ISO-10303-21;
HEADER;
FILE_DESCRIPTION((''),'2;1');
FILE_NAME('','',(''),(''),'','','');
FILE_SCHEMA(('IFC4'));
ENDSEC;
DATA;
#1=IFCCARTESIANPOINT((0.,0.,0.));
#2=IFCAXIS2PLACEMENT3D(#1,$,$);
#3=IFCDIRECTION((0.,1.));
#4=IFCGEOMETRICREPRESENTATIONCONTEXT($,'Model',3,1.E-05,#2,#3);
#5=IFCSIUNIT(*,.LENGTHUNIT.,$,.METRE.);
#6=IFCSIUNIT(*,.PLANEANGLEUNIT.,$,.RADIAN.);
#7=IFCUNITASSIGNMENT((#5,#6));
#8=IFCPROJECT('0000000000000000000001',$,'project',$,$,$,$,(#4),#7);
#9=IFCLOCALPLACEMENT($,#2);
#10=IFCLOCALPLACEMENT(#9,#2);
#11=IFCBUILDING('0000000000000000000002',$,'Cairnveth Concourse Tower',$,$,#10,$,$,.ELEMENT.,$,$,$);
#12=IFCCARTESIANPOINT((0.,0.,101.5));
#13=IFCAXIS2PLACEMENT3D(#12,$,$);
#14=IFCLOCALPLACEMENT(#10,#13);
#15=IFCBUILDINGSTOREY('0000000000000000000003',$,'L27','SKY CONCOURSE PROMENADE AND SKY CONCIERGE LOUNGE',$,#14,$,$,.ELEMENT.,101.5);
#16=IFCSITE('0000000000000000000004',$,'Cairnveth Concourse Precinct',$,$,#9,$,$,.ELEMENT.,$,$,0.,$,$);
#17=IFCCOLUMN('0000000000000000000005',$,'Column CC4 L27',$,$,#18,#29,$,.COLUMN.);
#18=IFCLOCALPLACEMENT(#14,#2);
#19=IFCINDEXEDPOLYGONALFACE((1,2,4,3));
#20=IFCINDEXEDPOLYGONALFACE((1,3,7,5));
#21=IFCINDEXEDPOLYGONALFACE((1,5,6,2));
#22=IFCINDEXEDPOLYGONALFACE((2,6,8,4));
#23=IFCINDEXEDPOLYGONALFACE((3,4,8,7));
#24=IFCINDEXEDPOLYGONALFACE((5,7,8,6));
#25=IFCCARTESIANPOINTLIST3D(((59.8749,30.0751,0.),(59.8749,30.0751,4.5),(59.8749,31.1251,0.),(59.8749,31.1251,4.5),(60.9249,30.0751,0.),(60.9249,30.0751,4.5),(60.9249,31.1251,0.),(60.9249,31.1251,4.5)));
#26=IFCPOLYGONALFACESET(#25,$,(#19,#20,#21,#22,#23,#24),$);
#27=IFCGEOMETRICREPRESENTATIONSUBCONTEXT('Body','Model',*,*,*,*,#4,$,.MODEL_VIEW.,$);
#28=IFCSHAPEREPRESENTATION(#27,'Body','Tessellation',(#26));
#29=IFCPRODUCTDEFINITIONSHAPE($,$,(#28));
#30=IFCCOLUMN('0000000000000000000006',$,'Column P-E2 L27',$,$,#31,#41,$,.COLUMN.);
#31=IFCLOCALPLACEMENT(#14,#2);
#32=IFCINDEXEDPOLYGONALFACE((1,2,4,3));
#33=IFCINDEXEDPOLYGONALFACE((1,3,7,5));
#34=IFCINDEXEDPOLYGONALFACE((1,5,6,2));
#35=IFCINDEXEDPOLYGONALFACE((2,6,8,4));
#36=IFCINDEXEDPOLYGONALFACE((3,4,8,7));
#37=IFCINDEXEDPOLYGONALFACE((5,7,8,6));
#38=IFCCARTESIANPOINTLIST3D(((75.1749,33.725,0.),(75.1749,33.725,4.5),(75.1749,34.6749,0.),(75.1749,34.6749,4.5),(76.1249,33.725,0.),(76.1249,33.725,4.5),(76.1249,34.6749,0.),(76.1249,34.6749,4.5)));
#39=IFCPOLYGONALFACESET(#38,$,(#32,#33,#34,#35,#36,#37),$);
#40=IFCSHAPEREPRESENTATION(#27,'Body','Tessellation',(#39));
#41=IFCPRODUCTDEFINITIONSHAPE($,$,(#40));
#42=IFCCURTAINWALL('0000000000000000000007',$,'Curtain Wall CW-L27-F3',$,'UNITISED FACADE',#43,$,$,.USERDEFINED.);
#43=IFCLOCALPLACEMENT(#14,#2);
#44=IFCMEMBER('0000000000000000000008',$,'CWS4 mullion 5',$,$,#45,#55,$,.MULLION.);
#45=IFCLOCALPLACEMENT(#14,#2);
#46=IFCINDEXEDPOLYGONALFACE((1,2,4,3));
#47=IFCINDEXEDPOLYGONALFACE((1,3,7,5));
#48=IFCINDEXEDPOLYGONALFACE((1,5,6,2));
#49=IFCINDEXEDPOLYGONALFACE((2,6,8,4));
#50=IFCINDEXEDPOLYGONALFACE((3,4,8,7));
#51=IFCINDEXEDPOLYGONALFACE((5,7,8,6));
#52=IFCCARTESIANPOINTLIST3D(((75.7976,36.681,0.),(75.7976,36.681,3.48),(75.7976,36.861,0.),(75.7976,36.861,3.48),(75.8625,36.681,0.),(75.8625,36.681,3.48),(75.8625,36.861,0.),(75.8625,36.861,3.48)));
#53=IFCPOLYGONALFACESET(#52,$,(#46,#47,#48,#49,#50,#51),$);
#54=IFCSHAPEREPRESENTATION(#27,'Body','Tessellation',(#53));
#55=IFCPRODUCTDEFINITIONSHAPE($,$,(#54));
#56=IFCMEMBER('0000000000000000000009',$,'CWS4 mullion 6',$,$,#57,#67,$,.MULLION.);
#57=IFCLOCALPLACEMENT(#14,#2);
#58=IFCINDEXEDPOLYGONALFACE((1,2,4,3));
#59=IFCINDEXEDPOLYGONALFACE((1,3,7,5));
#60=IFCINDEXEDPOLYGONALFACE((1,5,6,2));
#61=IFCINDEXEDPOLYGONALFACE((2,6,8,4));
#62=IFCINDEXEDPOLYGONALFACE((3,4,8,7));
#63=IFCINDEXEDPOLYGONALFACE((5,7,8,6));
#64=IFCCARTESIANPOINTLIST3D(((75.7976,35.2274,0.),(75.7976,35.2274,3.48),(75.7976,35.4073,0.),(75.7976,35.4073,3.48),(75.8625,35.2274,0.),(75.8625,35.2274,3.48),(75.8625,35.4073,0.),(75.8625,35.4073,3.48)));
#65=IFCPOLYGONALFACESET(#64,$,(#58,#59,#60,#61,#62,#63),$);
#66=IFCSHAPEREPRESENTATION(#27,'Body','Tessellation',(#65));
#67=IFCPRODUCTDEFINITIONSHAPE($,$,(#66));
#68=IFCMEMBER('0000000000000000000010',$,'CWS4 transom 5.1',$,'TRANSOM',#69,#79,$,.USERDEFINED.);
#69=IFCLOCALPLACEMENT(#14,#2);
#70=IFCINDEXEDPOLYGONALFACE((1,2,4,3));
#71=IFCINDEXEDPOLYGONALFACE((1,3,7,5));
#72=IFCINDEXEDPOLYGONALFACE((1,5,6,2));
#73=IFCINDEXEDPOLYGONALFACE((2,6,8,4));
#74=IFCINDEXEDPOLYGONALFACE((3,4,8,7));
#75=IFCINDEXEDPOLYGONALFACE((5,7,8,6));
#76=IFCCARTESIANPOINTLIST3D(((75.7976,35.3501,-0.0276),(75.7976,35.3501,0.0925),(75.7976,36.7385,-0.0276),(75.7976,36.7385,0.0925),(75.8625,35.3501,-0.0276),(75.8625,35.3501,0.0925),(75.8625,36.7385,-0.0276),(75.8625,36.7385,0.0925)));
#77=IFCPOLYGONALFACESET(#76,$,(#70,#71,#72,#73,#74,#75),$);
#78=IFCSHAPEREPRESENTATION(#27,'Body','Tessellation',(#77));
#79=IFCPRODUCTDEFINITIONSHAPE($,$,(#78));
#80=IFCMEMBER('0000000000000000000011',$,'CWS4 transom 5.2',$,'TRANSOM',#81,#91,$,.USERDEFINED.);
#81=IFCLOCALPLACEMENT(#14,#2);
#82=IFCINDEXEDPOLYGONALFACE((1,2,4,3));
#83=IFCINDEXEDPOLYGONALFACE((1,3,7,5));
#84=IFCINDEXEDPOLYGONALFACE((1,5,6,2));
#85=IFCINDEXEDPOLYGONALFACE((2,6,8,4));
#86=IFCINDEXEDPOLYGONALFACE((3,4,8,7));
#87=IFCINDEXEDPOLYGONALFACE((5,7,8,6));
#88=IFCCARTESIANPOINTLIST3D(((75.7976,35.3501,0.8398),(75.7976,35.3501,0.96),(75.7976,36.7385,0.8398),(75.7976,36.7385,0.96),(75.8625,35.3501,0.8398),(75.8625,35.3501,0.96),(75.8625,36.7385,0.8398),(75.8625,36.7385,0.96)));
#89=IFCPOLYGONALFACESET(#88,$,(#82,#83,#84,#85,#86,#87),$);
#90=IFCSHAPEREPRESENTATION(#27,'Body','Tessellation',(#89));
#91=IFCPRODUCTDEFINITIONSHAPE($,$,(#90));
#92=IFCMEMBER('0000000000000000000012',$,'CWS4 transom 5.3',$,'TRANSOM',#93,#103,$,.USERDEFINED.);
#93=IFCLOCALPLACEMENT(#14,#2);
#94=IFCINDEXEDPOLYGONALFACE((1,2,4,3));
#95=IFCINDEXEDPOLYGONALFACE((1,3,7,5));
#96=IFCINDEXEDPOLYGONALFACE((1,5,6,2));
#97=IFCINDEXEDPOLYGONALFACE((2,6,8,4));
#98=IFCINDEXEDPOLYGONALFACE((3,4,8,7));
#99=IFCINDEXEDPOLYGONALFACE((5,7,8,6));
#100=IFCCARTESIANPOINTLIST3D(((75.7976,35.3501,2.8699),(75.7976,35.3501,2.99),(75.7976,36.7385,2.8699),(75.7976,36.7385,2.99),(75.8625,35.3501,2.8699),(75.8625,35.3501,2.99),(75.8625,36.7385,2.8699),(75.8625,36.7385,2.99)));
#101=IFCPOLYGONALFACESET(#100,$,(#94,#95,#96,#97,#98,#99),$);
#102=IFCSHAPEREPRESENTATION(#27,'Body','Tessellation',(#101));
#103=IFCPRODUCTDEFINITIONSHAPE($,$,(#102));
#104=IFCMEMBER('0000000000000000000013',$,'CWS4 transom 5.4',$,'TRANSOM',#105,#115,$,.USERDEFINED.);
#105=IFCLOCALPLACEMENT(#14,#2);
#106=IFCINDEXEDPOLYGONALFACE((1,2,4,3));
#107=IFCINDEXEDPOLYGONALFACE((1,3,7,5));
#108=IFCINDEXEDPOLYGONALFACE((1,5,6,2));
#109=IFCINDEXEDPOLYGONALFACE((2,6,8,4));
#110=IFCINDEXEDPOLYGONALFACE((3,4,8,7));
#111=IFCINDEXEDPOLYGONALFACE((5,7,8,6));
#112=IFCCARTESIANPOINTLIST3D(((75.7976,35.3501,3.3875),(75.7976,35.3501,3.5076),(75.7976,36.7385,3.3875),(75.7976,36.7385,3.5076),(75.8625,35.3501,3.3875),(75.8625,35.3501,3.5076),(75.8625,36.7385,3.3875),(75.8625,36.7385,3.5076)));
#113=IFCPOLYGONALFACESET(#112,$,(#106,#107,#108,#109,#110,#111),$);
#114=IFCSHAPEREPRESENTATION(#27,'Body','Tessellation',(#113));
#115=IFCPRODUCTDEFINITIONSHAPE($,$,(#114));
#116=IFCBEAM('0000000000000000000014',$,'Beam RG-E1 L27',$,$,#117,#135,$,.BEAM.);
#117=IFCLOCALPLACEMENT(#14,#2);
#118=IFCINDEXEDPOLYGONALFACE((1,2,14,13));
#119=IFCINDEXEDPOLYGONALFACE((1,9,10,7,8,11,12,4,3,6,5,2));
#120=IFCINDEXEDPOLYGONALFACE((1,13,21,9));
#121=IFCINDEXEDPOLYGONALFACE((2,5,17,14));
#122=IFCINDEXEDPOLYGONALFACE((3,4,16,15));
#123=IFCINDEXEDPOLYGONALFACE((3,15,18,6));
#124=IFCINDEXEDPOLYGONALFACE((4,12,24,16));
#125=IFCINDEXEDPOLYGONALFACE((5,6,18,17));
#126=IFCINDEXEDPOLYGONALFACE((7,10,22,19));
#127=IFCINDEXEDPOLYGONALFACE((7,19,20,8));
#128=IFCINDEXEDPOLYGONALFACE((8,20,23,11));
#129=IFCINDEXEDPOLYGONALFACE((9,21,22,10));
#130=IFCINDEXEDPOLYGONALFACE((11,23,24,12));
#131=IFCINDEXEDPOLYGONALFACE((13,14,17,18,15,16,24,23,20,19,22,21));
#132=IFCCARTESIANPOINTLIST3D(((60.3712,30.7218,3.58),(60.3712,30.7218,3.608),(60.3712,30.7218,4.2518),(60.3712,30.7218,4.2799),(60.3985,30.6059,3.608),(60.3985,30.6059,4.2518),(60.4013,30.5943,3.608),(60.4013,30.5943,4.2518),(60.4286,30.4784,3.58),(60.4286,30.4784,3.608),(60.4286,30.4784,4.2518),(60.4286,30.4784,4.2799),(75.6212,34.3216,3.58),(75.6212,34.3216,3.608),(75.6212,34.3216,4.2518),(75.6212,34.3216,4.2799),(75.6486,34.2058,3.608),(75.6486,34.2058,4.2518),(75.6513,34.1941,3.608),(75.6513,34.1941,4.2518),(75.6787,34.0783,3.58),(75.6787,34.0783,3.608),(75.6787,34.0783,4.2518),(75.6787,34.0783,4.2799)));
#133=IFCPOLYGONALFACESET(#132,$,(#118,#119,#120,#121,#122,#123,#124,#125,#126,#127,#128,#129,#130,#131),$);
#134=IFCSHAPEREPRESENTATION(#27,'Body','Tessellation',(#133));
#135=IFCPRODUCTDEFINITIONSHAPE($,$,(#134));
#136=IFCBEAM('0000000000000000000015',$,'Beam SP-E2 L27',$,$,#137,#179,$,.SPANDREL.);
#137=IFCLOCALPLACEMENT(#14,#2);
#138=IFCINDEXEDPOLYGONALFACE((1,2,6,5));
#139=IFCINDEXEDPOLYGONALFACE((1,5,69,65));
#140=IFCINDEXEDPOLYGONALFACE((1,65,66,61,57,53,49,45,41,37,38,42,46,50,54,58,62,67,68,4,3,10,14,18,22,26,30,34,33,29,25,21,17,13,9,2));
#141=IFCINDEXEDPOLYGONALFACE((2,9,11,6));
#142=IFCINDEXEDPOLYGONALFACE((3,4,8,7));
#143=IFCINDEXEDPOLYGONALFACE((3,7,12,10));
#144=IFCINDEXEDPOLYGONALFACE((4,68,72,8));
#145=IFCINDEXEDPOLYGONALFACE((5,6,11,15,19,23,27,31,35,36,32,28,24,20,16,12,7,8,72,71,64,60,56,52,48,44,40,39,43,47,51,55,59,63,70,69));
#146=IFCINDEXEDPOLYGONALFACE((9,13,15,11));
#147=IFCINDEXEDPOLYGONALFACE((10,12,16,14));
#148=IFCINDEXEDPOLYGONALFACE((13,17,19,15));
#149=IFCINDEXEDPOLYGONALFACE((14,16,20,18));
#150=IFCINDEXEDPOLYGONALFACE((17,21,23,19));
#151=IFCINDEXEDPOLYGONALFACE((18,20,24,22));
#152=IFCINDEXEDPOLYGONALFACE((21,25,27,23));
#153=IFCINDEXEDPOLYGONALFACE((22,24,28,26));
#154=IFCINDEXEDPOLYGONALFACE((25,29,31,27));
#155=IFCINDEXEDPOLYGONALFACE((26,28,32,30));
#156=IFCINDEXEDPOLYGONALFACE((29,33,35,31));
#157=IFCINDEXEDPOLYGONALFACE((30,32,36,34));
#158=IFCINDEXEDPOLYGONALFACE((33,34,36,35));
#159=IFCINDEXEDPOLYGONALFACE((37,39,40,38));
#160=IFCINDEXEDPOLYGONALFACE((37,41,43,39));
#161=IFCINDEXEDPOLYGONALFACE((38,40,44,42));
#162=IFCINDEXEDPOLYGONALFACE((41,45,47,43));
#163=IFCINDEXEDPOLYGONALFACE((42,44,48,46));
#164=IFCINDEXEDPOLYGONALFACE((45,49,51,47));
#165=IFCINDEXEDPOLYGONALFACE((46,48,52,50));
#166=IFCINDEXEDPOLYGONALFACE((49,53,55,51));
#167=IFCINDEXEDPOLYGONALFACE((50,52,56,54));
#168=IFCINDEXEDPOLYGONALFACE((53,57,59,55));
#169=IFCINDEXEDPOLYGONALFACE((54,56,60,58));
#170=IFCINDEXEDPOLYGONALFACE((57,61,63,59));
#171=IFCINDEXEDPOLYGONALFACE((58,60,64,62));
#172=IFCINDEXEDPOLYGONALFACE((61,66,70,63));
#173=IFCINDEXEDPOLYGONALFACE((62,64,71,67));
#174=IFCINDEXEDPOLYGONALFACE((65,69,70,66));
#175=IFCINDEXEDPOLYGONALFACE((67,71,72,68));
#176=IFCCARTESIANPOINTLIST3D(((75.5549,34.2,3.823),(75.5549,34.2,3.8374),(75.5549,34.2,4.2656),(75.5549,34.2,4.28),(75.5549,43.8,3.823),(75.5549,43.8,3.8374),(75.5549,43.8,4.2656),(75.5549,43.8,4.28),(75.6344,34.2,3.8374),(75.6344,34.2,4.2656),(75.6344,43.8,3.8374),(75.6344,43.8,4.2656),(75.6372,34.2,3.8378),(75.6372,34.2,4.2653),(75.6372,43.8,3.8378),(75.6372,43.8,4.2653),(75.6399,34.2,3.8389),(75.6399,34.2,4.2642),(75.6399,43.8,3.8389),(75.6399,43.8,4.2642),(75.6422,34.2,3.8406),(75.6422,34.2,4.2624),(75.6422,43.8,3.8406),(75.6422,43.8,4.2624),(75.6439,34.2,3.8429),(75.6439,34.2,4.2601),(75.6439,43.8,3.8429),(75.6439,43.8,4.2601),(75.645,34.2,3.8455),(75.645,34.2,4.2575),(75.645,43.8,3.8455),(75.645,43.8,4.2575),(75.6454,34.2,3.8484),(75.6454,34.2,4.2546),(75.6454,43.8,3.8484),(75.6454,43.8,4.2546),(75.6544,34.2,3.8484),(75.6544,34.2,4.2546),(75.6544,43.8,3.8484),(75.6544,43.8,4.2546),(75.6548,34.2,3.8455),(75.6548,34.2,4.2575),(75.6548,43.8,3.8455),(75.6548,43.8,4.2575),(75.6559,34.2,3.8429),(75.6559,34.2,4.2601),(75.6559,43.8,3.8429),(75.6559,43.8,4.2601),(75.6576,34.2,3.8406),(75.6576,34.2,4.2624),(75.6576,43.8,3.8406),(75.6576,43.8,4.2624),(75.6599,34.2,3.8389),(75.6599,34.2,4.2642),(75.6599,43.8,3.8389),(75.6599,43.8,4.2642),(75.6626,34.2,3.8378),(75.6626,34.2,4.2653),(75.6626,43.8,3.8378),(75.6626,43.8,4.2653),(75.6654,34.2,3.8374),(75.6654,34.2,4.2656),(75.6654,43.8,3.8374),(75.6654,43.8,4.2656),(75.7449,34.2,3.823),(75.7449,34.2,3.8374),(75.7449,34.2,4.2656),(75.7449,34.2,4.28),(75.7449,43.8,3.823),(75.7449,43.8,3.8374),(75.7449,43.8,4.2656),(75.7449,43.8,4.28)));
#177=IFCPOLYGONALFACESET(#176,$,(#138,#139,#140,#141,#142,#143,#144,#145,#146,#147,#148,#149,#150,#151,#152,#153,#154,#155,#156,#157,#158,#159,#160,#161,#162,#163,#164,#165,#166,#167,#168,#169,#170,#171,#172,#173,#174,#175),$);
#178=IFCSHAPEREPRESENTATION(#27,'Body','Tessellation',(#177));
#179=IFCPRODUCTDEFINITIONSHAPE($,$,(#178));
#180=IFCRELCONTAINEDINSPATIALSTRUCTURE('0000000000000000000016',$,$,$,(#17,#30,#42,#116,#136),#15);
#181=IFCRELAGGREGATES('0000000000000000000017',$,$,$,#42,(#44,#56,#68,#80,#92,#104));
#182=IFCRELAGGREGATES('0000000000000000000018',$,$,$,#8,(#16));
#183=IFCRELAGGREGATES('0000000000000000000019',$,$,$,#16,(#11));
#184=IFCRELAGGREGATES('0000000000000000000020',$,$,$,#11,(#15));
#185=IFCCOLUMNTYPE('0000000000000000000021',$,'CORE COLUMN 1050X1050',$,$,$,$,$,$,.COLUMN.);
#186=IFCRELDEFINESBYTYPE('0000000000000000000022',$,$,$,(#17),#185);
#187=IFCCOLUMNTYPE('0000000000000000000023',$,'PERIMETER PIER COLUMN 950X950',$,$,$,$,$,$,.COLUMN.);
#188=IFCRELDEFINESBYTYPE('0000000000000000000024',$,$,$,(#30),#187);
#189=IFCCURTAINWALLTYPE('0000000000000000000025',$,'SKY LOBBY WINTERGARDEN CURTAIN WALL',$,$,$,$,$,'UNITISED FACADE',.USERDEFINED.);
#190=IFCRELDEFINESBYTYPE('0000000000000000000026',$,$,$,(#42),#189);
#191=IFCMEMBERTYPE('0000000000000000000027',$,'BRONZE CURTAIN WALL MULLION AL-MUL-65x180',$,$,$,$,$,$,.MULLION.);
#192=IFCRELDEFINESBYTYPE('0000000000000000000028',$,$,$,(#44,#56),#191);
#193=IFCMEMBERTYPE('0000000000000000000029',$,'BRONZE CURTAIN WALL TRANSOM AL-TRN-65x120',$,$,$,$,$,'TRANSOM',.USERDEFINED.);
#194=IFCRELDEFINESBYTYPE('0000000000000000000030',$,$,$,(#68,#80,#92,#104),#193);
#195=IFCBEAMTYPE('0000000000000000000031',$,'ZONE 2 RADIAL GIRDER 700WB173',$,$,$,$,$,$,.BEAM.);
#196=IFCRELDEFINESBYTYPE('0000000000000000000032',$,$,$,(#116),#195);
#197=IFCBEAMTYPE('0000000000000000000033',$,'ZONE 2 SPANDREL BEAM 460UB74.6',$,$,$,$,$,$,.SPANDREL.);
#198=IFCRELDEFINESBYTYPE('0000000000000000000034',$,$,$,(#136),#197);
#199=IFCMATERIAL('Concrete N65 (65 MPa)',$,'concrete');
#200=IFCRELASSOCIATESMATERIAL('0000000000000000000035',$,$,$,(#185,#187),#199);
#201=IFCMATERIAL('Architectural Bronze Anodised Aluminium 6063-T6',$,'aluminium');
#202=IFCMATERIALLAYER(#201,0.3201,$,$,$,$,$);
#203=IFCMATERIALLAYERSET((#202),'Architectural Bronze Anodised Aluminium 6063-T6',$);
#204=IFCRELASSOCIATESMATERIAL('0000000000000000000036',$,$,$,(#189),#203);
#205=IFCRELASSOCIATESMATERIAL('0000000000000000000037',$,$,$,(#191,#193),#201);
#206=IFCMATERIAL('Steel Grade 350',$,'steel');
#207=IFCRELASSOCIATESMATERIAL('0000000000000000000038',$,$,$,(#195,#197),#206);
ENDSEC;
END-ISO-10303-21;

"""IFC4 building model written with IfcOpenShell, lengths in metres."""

from ifc_helpers import new_model, si_unit, direction, frame, origin, origin_2d, place, context, subcontext, project, spatial, rectangle, i_section, extrude, material, layer, layer_set, material_profile, profile_set, type_object, element, aggregate, save


model = new_model("IFC4")

# Units and contexts
model_context = context("Model", 3, precision=1e-05, world=origin(), true_north=direction((0.0, 1.0)))
body_context = subcontext(model_context, "Body", "Model", "MODEL_VIEW")
ifc_project = project(units=[si_unit("LENGTHUNIT", "METRE"), si_unit("PLANEANGLEUNIT", "RADIAN")], contexts=[model_context])

# Site, building, storey
site_placement = place(None, origin())
site = spatial("IfcSite", under=ifc_project, at=site_placement, Name="Cairnveth Concourse Precinct", CompositionType="ELEMENT", RefElevation=0.0)
building_placement = place(site_placement, origin())
building = spatial("IfcBuilding", under=site, at=building_placement, Name="Cairnveth Concourse Tower", CompositionType="ELEMENT")
storey_placement = place(building_placement, frame((0.0, 0.0, 101.5)))
storey = spatial("IfcBuildingStorey", under=building, at=storey_placement, Name="L27", Description="SKY CONCOURSE PROMENADE AND SKY CONCIERGE LOUNGE", CompositionType="ELEMENT", Elevation=101.5)

# Columns
ifc_material_1 = material(Name="Concrete N65 (65 MPa)", Category="concrete")
ifc_material_profile_1 = material_profile(ifc_material_1, rectangle(XDim=1.05, YDim=1.05, at=origin_2d()), Name="RC-COL-1050x1050")
ifc_profile_set_1 = profile_set([ifc_material_profile_1], Name="Concrete N65 (65 MPa)")
column_type_1 = type_object("IfcColumnType", Name="CORE COLUMN 1050X1050", PredefinedType="COLUMN", material=ifc_profile_set_1)
column_1_placement = place(storey_placement, frame((60.3999, 30.6001, 0.0), z_axis=(0.0, 0.0, 1.0), x_axis=(1.0, 0.0, 0.0)))
element("IfcColumn", 1, at=column_1_placement, inside=storey, type_object=column_type_1, Name="Column CC4 L27", PredefinedType="COLUMN", context=body_context, shape_type="SweptSolid", body=[
    extrude(rectangle(XDim=1.05, YDim=1.05, at=origin_2d()), origin(), (0.0, 0.0, 1.0), 4.5),
])
ifc_material_profile_2 = material_profile(ifc_material_1, rectangle(XDim=0.95, YDim=0.95, at=origin_2d()), Name="RC-COL-950x950")
ifc_profile_set_2 = profile_set([ifc_material_profile_2], Name="Concrete N65 (65 MPa)")
column_type_2 = type_object("IfcColumnType", Name="PERIMETER PIER COLUMN 950X950", PredefinedType="COLUMN", material=ifc_profile_set_2)
column_2_placement = place(storey_placement, frame((75.6499, 34.2, 0.0), z_axis=(0.0, 0.0, 1.0), x_axis=(0.0, 1.0, 0.0)))
element("IfcColumn", 2, at=column_2_placement, inside=storey, type_object=column_type_2, Name="Column P-E2 L27", PredefinedType="COLUMN", context=body_context, shape_type="SweptSolid", body=[
    extrude(rectangle(XDim=0.95, YDim=0.95, at=origin_2d()), origin(), (0.0, 0.0, 1.0), 4.5),
])

# Curtain wall, members
ifc_material_2 = material(Name="Architectural Bronze Anodised Aluminium 6063-T6", Category="aluminium")
ifc_layer_1 = layer(ifc_material_2, 0.3201)
ifc_layer_set_1 = layer_set([ifc_layer_1], Name="Architectural Bronze Anodised Aluminium 6063-T6")
curtain_wall_type = type_object("IfcCurtainWallType", Name="SKY LOBBY WINTERGARDEN CURTAIN WALL", ElementType="UNITISED FACADE", PredefinedType="USERDEFINED", material=ifc_layer_set_1)
curtain_wall_placement = place(storey_placement, origin())
curtain_wall = element("IfcCurtainWall", 3, at=curtain_wall_placement, inside=storey, type_object=curtain_wall_type, Name="Curtain Wall CW-L27-F3", ObjectType="UNITISED FACADE", PredefinedType="USERDEFINED")
ifc_material_profile_3 = material_profile(ifc_material_2, rectangle(XDim=0.0649, YDim=0.1799, at=origin_2d()), Name="AL-MUL-65x180")
ifc_profile_set_3 = profile_set([ifc_material_profile_3], Name="Architectural Bronze Anodised Aluminium 6063-T6")
member_type_1 = type_object("IfcMemberType", Name="BRONZE CURTAIN WALL MULLION AL-MUL-65x180", PredefinedType="MULLION", material=ifc_profile_set_3)
member_1_placement = place(storey_placement, frame((75.8301, 36.771, 0.0), z_axis=(0.0, 0.0, 1.0), x_axis=(1.0, 0.0, 0.0)))
member_1 = element("IfcMember", 4, at=member_1_placement, type_object=member_type_1, Name="CWS4 mullion 5", PredefinedType="MULLION", context=body_context, shape_type="SweptSolid", body=[
    extrude(rectangle(XDim=0.0649, YDim=0.1799, at=origin_2d()), origin(), (0.0, 0.0, 1.0), 3.48),
])
member_2_placement = place(storey_placement, frame((75.8301, 35.3174, 0.0), z_axis=(0.0, 0.0, 1.0), x_axis=(1.0, 0.0, 0.0)))
member_2 = element("IfcMember", 5, at=member_2_placement, type_object=member_type_1, Name="CWS4 mullion 6", PredefinedType="MULLION", context=body_context, shape_type="SweptSolid", body=[
    extrude(rectangle(XDim=0.0649, YDim=0.1799, at=origin_2d()), origin(), (0.0, 0.0, 1.0), 3.48),
])
ifc_material_profile_4 = material_profile(ifc_material_2, rectangle(XDim=0.0649, YDim=0.1201, at=origin_2d()), Name="AL-TRN-65x120")
ifc_profile_set_4 = profile_set([ifc_material_profile_4], Name="Architectural Bronze Anodised Aluminium 6063-T6")
member_type_2 = type_object("IfcMemberType", Name="BRONZE CURTAIN WALL TRANSOM AL-TRN-65x120", ElementType="TRANSOM", PredefinedType="USERDEFINED", material=ifc_profile_set_4)
member_3_placement = place(storey_placement, frame((75.8301, 36.7385, 0.0325), z_axis=(0.0, -1.0, 0.0), x_axis=(1.0, 0.0, 0.0)))
member_3 = element("IfcMember", 6, at=member_3_placement, type_object=member_type_2, Name="CWS4 transom 5.1", ObjectType="TRANSOM", PredefinedType="USERDEFINED", context=body_context, shape_type="SweptSolid", body=[
    extrude(rectangle(XDim=0.0649, YDim=0.1201, at=origin_2d()), origin(), (0.0, 0.0, 1.0), 1.3884),
])
member_4_placement = place(storey_placement, frame((75.8301, 36.7385, 0.8999), z_axis=(0.0, -1.0, 0.0), x_axis=(1.0, 0.0, 0.0)))
member_4 = element("IfcMember", 7, at=member_4_placement, type_object=member_type_2, Name="CWS4 transom 5.2", ObjectType="TRANSOM", PredefinedType="USERDEFINED", context=body_context, shape_type="SweptSolid", body=[
    extrude(rectangle(XDim=0.0649, YDim=0.1201, at=origin_2d()), origin(), (0.0, 0.0, 1.0), 1.3884),
])
member_5_placement = place(storey_placement, frame((75.8301, 36.7385, 2.9299), z_axis=(0.0, -1.0, 0.0), x_axis=(1.0, 0.0, 0.0)))
member_5 = element("IfcMember", 8, at=member_5_placement, type_object=member_type_2, Name="CWS4 transom 5.3", ObjectType="TRANSOM", PredefinedType="USERDEFINED", context=body_context, shape_type="SweptSolid", body=[
    extrude(rectangle(XDim=0.0649, YDim=0.1201, at=origin_2d()), origin(), (0.0, 0.0, 1.0), 1.3884),
])
member_6_placement = place(storey_placement, frame((75.8301, 36.7385, 3.4475), z_axis=(0.0, -1.0, 0.0), x_axis=(1.0, 0.0, 0.0)))
member_6 = element("IfcMember", 9, at=member_6_placement, type_object=member_type_2, Name="CWS4 transom 5.4", ObjectType="TRANSOM", PredefinedType="USERDEFINED", context=body_context, shape_type="SweptSolid", body=[
    extrude(rectangle(XDim=0.0649, YDim=0.1201, at=origin_2d()), origin(), (0.0, 0.0, 1.0), 1.3884),
])

# Beams
ifc_material_3 = material(Name="Steel Grade 350", Category="steel")
ifc_material_profile_5 = material_profile(ifc_material_3, i_section(OverallWidth=0.25, OverallDepth=0.7, WebThickness=0.012, FlangeThickness=0.0281, at=origin_2d()), Name="700WB173")
ifc_profile_set_5 = profile_set([ifc_material_profile_5], Name="Steel Grade 350")
beam_type_1 = type_object("IfcBeamType", Name="ZONE 2 RADIAL GIRDER 700WB173", PredefinedType="BEAM", material=ifc_profile_set_5)
beam_1_placement = place(storey_placement, frame((60.3999, 30.6001, 3.9299), z_axis=(0.973252, 0.229742, 0.0), x_axis=(-0.229742, 0.973252, 0.0)))
element("IfcBeam", 10, at=beam_1_placement, inside=storey, type_object=beam_type_1, Name="Beam RG-E1 L27", PredefinedType="BEAM", context=body_context, shape_type="SweptSolid", body=[
    extrude(i_section(OverallWidth=0.25, OverallDepth=0.7, WebThickness=0.012, FlangeThickness=0.0281, at=origin_2d()), origin(), (0.0, 0.0, 1.0), 15.6692),
])
ifc_material_profile_6 = material_profile(ifc_material_3, i_section(OverallWidth=0.1899, OverallDepth=0.457, WebThickness=0.009, FlangeThickness=0.0144, FilletRadius=0.011, at=origin_2d()), Name="460UB74.6")
ifc_profile_set_6 = profile_set([ifc_material_profile_6], Name="Steel Grade 350")
beam_type_2 = type_object("IfcBeamType", Name="ZONE 2 SPANDREL BEAM 460UB74.6", PredefinedType="SPANDREL", material=ifc_profile_set_6)
beam_2_placement = place(storey_placement, frame((75.6499, 34.2, 4.0515), z_axis=(0.0, 1.0, 0.0), x_axis=(-1.0, 0.0, 0.0)))
element("IfcBeam", 11, at=beam_2_placement, inside=storey, type_object=beam_type_2, Name="Beam SP-E2 L27", PredefinedType="SPANDREL", context=body_context, shape_type="SweptSolid", body=[
    extrude(i_section(OverallWidth=0.1899, OverallDepth=0.457, WebThickness=0.009, FlangeThickness=0.0144, FilletRadius=0.011, at=origin_2d()), origin(), (0.0, 0.0, 1.0), 9.6001),
])

aggregate(curtain_wall, [member_1, member_2, member_3, member_4, member_5, member_6])

save(model, "model.ifc")
